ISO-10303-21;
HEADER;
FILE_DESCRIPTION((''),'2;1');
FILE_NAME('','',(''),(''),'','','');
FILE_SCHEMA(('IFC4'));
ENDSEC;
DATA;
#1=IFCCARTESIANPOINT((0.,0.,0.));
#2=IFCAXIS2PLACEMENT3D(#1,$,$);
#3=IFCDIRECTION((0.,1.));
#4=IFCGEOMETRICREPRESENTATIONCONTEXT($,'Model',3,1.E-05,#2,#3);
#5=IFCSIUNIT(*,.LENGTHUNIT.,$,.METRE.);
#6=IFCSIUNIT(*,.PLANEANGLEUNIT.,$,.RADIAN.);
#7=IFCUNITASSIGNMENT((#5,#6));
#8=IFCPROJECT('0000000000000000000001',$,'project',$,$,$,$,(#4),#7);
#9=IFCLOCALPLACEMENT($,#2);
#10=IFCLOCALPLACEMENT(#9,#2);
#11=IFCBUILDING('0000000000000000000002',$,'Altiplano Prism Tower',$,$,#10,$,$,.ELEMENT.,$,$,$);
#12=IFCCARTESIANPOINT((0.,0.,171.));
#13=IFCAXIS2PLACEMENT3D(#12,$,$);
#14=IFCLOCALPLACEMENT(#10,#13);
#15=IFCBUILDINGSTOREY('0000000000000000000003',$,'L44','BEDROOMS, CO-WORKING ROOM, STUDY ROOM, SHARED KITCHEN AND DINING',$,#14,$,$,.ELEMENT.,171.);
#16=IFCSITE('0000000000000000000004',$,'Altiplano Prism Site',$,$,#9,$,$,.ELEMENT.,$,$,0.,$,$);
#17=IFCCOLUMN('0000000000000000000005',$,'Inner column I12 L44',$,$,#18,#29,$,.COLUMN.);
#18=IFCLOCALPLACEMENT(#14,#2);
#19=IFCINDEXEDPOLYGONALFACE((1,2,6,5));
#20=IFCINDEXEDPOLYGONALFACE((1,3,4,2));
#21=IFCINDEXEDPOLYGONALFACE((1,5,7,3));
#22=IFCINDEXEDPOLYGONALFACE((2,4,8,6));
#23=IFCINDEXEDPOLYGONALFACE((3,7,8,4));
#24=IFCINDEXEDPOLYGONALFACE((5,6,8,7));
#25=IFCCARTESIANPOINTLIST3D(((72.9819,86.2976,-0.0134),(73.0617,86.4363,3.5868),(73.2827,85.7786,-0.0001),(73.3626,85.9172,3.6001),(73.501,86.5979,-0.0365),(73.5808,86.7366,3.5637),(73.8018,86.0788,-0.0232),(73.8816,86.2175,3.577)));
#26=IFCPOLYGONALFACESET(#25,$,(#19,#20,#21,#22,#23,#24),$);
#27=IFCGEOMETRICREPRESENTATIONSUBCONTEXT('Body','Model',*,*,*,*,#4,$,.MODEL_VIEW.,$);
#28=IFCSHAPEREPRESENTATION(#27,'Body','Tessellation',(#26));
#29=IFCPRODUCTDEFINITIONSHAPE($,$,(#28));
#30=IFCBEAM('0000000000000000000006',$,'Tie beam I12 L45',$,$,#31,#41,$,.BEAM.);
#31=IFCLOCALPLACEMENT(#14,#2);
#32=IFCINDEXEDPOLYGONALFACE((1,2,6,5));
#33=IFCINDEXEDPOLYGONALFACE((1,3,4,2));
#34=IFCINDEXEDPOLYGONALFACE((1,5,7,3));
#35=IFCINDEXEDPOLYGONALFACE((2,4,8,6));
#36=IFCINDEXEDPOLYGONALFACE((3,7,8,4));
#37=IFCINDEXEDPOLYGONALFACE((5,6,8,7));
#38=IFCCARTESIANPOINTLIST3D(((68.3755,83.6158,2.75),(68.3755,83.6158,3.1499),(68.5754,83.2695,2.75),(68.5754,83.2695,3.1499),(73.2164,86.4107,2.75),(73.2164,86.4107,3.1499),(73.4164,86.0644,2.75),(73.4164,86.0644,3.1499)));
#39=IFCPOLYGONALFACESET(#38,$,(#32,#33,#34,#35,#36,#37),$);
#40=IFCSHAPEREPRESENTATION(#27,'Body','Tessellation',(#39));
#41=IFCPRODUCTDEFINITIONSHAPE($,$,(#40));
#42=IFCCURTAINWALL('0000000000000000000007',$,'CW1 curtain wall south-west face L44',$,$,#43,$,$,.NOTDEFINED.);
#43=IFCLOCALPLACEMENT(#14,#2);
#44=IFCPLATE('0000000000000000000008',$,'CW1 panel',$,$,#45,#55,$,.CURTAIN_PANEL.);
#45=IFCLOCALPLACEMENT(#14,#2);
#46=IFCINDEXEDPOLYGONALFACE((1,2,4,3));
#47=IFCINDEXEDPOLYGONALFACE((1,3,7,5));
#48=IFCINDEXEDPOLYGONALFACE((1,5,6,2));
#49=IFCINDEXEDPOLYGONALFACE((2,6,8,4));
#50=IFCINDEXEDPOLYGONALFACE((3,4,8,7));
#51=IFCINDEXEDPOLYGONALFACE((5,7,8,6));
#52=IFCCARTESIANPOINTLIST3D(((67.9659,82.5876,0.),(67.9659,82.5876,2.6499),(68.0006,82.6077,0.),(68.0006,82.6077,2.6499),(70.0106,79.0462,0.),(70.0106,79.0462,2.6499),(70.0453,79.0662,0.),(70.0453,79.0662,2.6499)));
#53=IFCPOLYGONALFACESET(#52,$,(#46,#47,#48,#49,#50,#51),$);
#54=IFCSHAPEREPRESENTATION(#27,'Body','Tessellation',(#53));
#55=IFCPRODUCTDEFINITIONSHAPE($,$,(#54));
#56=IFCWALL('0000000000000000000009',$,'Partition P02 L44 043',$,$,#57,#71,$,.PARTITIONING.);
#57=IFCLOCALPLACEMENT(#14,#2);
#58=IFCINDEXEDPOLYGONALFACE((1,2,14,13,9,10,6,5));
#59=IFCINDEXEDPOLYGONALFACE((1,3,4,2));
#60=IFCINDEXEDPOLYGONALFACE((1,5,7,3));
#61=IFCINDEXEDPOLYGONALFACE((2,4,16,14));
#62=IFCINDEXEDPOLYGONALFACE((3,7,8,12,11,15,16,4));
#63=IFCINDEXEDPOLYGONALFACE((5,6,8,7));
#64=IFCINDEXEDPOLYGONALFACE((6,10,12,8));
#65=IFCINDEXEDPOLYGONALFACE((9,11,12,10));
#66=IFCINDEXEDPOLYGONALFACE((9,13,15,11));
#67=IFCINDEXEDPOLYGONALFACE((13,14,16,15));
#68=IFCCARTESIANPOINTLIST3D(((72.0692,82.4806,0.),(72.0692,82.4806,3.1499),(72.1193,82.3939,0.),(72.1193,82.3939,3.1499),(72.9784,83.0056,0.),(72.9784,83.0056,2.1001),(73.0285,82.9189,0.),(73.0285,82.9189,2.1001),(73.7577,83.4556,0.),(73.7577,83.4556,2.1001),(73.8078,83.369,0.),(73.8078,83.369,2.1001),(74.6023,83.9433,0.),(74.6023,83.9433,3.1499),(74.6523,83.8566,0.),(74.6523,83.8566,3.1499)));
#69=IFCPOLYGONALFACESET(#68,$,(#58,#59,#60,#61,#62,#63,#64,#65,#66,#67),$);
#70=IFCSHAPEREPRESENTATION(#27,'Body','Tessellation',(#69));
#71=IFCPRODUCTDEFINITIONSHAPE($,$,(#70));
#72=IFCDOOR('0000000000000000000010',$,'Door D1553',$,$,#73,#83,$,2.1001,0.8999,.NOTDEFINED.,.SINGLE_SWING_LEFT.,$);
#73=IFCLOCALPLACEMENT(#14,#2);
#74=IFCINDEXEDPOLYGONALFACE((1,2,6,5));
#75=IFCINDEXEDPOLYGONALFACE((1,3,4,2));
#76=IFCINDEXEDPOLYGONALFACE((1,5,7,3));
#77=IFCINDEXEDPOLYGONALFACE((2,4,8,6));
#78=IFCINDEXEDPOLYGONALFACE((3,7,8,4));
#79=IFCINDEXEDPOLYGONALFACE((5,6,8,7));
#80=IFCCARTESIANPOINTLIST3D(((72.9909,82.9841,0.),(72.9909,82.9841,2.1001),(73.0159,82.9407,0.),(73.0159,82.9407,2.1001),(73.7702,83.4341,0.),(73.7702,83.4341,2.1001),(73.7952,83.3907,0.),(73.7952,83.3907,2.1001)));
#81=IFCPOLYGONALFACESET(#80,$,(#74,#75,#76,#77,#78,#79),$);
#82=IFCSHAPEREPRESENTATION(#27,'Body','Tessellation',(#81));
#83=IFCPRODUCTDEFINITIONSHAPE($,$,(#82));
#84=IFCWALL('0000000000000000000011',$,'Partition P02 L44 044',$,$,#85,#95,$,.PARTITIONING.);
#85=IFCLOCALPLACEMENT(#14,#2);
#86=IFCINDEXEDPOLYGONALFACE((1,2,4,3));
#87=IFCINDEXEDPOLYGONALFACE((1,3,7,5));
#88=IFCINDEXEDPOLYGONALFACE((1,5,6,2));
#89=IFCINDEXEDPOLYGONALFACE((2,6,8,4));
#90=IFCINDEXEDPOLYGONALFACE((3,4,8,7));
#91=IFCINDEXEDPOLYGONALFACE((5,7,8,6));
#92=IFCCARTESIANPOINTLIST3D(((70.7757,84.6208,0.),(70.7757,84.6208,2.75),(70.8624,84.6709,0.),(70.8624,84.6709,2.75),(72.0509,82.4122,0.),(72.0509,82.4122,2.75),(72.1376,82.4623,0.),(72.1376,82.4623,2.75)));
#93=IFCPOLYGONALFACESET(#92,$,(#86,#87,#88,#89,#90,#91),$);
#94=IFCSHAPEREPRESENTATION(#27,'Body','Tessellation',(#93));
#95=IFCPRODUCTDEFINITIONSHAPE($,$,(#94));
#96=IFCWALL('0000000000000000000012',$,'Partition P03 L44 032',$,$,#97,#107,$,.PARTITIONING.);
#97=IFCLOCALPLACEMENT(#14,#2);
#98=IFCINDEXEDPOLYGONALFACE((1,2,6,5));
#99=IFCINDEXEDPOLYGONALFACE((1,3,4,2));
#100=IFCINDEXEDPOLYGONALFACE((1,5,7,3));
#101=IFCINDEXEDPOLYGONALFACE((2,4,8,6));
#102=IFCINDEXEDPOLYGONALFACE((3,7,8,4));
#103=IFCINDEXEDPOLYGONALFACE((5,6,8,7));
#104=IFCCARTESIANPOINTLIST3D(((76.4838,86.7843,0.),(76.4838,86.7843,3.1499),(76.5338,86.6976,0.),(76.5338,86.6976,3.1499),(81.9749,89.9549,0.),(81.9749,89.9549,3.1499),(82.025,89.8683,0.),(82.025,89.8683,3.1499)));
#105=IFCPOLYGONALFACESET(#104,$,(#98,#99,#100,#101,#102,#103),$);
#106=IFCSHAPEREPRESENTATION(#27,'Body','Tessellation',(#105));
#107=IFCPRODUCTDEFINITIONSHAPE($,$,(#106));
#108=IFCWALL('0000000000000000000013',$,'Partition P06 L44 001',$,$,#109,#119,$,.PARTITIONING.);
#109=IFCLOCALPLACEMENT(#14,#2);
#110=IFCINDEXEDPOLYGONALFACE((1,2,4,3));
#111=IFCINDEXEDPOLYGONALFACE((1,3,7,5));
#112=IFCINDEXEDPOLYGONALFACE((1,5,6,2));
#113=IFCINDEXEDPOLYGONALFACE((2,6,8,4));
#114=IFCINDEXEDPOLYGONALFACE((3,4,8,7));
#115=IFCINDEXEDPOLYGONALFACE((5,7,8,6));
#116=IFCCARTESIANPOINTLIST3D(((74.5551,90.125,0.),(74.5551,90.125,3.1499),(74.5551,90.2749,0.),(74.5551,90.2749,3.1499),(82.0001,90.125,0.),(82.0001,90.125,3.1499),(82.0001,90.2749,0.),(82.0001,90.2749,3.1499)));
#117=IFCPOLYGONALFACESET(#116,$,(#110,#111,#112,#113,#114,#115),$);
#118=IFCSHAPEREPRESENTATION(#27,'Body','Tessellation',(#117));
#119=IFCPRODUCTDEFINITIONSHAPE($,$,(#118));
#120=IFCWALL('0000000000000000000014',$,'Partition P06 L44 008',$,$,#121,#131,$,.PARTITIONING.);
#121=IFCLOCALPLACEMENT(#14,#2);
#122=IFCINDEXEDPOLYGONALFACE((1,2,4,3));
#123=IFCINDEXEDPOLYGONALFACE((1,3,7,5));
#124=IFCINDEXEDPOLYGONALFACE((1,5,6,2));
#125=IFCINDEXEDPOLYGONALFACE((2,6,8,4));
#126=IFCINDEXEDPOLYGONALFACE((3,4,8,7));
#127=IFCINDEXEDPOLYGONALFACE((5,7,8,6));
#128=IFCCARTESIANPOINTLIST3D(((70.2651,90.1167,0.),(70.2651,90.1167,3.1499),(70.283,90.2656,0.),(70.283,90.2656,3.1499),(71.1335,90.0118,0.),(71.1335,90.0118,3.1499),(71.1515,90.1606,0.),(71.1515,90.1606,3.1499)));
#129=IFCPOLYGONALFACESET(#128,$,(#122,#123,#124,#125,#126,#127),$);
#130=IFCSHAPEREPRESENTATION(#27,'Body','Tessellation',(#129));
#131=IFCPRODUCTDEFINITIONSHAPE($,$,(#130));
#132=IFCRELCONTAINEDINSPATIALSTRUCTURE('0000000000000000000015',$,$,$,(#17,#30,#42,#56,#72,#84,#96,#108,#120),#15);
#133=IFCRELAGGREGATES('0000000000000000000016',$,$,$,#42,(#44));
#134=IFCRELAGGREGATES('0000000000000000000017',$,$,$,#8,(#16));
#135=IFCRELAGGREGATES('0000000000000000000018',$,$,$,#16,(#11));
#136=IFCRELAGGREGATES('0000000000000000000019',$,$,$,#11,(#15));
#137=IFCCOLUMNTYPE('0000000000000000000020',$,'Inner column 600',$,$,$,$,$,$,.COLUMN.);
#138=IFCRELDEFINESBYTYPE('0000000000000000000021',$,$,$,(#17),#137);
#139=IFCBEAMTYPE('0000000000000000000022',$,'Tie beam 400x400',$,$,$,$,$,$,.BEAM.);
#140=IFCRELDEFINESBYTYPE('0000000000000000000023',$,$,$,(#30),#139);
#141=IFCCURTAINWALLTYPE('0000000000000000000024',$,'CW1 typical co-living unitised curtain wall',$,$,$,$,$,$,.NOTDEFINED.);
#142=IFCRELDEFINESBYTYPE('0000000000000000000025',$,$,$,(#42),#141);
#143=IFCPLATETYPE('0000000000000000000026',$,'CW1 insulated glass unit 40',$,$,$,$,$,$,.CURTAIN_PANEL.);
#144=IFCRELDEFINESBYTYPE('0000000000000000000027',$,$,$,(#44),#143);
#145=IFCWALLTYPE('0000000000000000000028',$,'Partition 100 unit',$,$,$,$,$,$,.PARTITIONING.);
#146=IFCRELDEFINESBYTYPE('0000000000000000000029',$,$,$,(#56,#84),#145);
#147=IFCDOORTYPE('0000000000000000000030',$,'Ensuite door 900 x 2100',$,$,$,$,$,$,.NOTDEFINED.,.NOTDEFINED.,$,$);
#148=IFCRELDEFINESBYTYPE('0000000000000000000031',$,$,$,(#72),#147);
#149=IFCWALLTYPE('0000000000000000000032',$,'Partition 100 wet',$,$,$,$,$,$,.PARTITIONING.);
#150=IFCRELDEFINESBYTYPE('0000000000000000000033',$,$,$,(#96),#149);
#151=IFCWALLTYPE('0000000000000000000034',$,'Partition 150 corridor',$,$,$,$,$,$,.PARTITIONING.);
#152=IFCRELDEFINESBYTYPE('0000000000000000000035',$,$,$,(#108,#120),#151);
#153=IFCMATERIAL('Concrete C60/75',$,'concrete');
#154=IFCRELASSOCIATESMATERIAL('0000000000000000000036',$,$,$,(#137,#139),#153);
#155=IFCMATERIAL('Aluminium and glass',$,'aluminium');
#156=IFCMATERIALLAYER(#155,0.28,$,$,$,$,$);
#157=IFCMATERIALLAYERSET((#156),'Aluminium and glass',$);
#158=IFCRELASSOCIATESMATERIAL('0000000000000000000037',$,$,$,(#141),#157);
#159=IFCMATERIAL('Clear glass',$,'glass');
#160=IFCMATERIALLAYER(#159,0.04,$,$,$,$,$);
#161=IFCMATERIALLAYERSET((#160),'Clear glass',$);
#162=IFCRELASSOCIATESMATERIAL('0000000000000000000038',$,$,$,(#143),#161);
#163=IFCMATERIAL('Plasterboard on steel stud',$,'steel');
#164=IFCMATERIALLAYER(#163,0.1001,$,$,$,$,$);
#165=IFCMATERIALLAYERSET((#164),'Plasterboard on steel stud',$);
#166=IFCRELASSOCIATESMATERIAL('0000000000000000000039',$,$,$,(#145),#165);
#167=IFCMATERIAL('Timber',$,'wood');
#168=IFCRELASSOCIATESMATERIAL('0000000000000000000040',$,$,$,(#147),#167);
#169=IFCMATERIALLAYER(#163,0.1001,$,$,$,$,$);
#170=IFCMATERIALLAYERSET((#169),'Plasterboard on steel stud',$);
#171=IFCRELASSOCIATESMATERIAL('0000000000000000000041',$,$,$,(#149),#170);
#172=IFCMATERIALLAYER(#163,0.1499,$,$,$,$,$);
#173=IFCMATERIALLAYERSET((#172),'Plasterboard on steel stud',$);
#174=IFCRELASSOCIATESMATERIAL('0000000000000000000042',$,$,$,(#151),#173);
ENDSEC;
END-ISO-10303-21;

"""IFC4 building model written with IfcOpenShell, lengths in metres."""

from ifc_helpers import new_model, si_unit, direction, frame, frame_2d, origin, origin_2d, place, context, subcontext, project, spatial, rectangle, extrude, material, layer, layer_set, material_profile, profile_set, type_object, element, fill, aggregate, save


model = new_model("IFC4")

# Units and contexts
model_context = context("Model", 3, precision=1e-05, world=origin(), true_north=direction((0.0, 1.0)))
body_context = subcontext(model_context, "Body", "Model", "MODEL_VIEW")
ifc_project = project(units=[si_unit("LENGTHUNIT", "METRE"), si_unit("PLANEANGLEUNIT", "RADIAN")], contexts=[model_context])

# Site, building, storey
site_placement = place(None, origin())
site = spatial("IfcSite", under=ifc_project, at=site_placement, Name="Altiplano Prism Site", CompositionType="ELEMENT", RefElevation=0.0)
building_placement = place(site_placement, origin())
building = spatial("IfcBuilding", under=site, at=building_placement, Name="Altiplano Prism Tower", CompositionType="ELEMENT")
storey_placement = place(building_placement, frame((0.0, 0.0, 171.0)))
storey = spatial("IfcBuildingStorey", under=building, at=storey_placement, Name="L44", Description="BEDROOMS, CO-WORKING ROOM, STUDY ROOM, SHARED KITCHEN AND DINING", CompositionType="ELEMENT", Elevation=171.0)

# Column
ifc_material_1 = material(Name="Concrete C60/75", Category="concrete")
ifc_material_profile_1 = material_profile(ifc_material_1, rectangle(XDim=0.6001, YDim=0.6001, at=origin_2d()), Name="Inner column 600")
ifc_profile_set_1 = profile_set([ifc_material_profile_1], Name="Concrete C60/75")
column_type = type_object("IfcColumnType", Name="Inner column 600", PredefinedType="COLUMN", material=ifc_profile_set_1)
column_placement = place(storey_placement, frame((73.3918, 86.1882, -0.0183), z_axis=(0.022154, 0.038481, 0.999014), x_axis=(-0.86498, -0.500331, 0.038454)))
element("IfcColumn", 1, at=column_placement, inside=storey, type_object=column_type, Name="Inner column I12 L44", PredefinedType="COLUMN", context=body_context, shape_type="SweptSolid", body=[
    extrude(rectangle(XDim=0.6001, YDim=0.6001, at=origin_2d()), origin(), (0.0, 0.0, 1.0), 3.6038),
])

# Beam
ifc_material_profile_2 = material_profile(ifc_material_1, rectangle(XDim=0.3999, YDim=0.3999, at=origin_2d()), Name="Tie beam 400x400")
ifc_profile_set_2 = profile_set([ifc_material_profile_2], Name="Concrete C60/75")
beam_type = type_object("IfcBeamType", Name="Tie beam 400x400", PredefinedType="BEAM", material=ifc_profile_set_2)
beam_placement = place(storey_placement, frame((73.3164, 86.2375, 2.95), z_axis=(-0.866031, -0.499991, 0.0), x_axis=(0.499991, -0.866031, 0.0)))
element("IfcBeam", 2, at=beam_placement, inside=storey, type_object=beam_type, Name="Tie beam I12 L45", PredefinedType="BEAM", context=body_context, shape_type="SweptSolid", body=[
    extrude(rectangle(XDim=0.3999, YDim=0.3999, at=origin_2d()), origin(), (0.0, 0.0, 1.0), 5.5898),
])

# Curtain wall, plate
ifc_material_2 = material(Name="Aluminium and glass", Category="aluminium")
ifc_layer_1 = layer(ifc_material_2, 0.28)
ifc_layer_set_1 = layer_set([ifc_layer_1], Name="Aluminium and glass")
curtain_wall_type = type_object("IfcCurtainWallType", Name="CW1 typical co-living unitised curtain wall", PredefinedType="NOTDEFINED", material=ifc_layer_set_1)
curtain_wall_placement = place(storey_placement, origin())
curtain_wall = element("IfcCurtainWall", 3, at=curtain_wall_placement, inside=storey, type_object=curtain_wall_type, Name="CW1 curtain wall south-west face L44", PredefinedType="NOTDEFINED")
ifc_material_3 = material(Name="Clear glass", Category="glass")
ifc_layer_2 = layer(ifc_material_3, 0.04)
ifc_layer_set_2 = layer_set([ifc_layer_2], Name="Clear glass")
plate_type = type_object("IfcPlateType", Name="CW1 insulated glass unit 40", PredefinedType="CURTAIN_PANEL", material=ifc_layer_set_2)
plate_placement = place(storey_placement, frame((69.0056, 80.8269, 0.0), z_axis=(0.0, 0.0, 1.0), x_axis=(0.5, -0.866025, 0.0)))
plate = element("IfcPlate", 4, at=plate_placement, type_object=plate_type, Name="CW1 panel", PredefinedType="CURTAIN_PANEL", context=body_context, shape_type="SweptSolid", body=[
    extrude(rectangle(XDim=4.0894, YDim=0.04, at=origin_2d()), origin(), (0.0, 0.0, 1.0), 2.6499),
])
aggregate(curtain_wall, [plate])

# Wall, opening, door
ifc_material_4 = material(Name="Plasterboard on steel stud", Category="steel")
ifc_layer_3 = layer(ifc_material_4, 0.1001)
ifc_layer_set_3 = layer_set([ifc_layer_3], Name="Plasterboard on steel stud")
wall_type_1 = type_object("IfcWallType", Name="Partition 100 unit", PredefinedType="PARTITIONING", material=ifc_layer_set_3)
wall_1_placement = place(storey_placement, frame((74.6272, 83.8999, 0.0), z_axis=(0.0, 0.0, 1.0), x_axis=(-0.86599, -0.500062, 0.0)))
wall_1 = element("IfcWall", 5, at=wall_1_placement, inside=storey, type_object=wall_type_1, Name="Partition P02 L44 043", PredefinedType="PARTITIONING", context=body_context, shape_type="SweptSolid", body=[
    extrude(rectangle(XDim=2.925, YDim=0.1001, at=frame_2d((1.4624, 0.0))), origin(), (0.0, 0.0, 1.0), 3.1499),
])
opening_1_placement = place(wall_1_placement, frame((0.9751, 0.0, 0.0)))
opening_1 = element("IfcOpeningElement", 6, at=opening_1_placement, cuts=wall_1, PredefinedType="OPENING", context=body_context, shape_type="SweptSolid", body=[
    extrude(rectangle(XDim=0.8999, YDim=2.1001, at=frame_2d((0.45, 1.05))), frame((0.0, 0.0605, 0.0), z_axis=(0.0, -1.0, 0.0), x_axis=(1.0, 0.0, 0.0)), (0.0, 0.0, 1.0), 0.1211),
])
ifc_material_5 = material(Name="Timber", Category="wood")
door_type_1 = type_object("IfcDoorType", Name="Ensuite door 900 x 2100", OperationType="NOTDEFINED", PredefinedType="NOTDEFINED", material=ifc_material_5)
door_1_placement = place(opening_1_placement, origin())
door_1 = element("IfcDoor", 7, at=door_1_placement, inside=storey, type_object=door_type_1, Name="Door D1553", OperationType="SINGLE_SWING_LEFT", OverallHeight=2.1001, OverallWidth=0.8999, PredefinedType="NOTDEFINED", context=body_context, shape_type="SweptSolid", body=[
    extrude(rectangle(XDim=0.8999, YDim=2.1001, at=frame_2d((0.45, 1.05))), frame((0.0, 0.0249, 0.0), z_axis=(0.0, -1.0, 0.0), x_axis=(1.0, 0.0, 0.0)), (0.0, 0.0, 1.0), 0.05),
])
fill(opening_1, door_1)

# Walls
wall_2_placement = place(storey_placement, frame((72.0942, 82.4373, 0.0), z_axis=(0.0, 0.0, 1.0), x_axis=(-0.500021, 0.866013, 0.0)))
element("IfcWall", 8, at=wall_2_placement, inside=storey, type_object=wall_type_1, Name="Partition P02 L44 044", PredefinedType="PARTITIONING", context=body_context, shape_type="SweptSolid", body=[
    extrude(rectangle(XDim=2.5503, YDim=0.1001, at=frame_2d((1.2751, 0.0))), origin(), (0.0, 0.0, 1.0), 2.75),
])
ifc_layer_4 = layer(ifc_material_4, 0.1001)
ifc_layer_set_4 = layer_set([ifc_layer_4], Name="Plasterboard on steel stud")
wall_type_2 = type_object("IfcWallType", Name="Partition 100 wet", PredefinedType="PARTITIONING", material=ifc_layer_set_4)
wall_3_placement = place(storey_placement, frame((76.5088, 86.741, 0.0), z_axis=(0.0, 0.0, 1.0), x_axis=(0.866005, 0.500036, 0.0)))
element("IfcWall", 9, at=wall_3_placement, inside=storey, type_object=wall_type_2, Name="Partition P03 L44 032", PredefinedType="PARTITIONING", context=body_context, shape_type="SweptSolid", body=[
    extrude(rectangle(XDim=6.3408, YDim=0.1001, at=frame_2d((3.1704, 0.0))), origin(), (0.0, 0.0, 1.0), 3.1499),
])
ifc_layer_5 = layer(ifc_material_4, 0.1499)
ifc_layer_set_5 = layer_set([ifc_layer_5], Name="Plasterboard on steel stud")
wall_type_3 = type_object("IfcWallType", Name="Partition 150 corridor", PredefinedType="PARTITIONING", material=ifc_layer_set_5)
wall_4_placement = place(storey_placement, frame((74.5549, 90.2, 0.0), z_axis=(0.0, 0.0, 1.0), x_axis=(1.0, 0.0, 0.0)))
element("IfcWall", 10, at=wall_4_placement, inside=storey, type_object=wall_type_3, Name="Partition P06 L44 001", PredefinedType="PARTITIONING", context=body_context, shape_type="SweptSolid", body=[
    extrude(rectangle(XDim=7.4451, YDim=0.1499, at=frame_2d((3.7227, 0.0))), origin(), (0.0, 0.0, 1.0), 3.1499),
])
wall_5_placement = place(storey_placement, frame((70.2739, 90.1912, 0.0), z_axis=(0.0, 0.0, 1.0), x_axis=(0.992772, -0.120015, 0.0)))
element("IfcWall", 11, at=wall_5_placement, inside=storey, type_object=wall_type_3, Name="Partition P06 L44 008", PredefinedType="PARTITIONING", context=body_context, shape_type="SweptSolid", body=[
    extrude(rectangle(XDim=0.8748, YDim=0.1499, at=frame_2d((0.4375, 0.0))), origin(), (0.0, 0.0, 1.0), 3.1499),
])

save(model, "model.ifc")
